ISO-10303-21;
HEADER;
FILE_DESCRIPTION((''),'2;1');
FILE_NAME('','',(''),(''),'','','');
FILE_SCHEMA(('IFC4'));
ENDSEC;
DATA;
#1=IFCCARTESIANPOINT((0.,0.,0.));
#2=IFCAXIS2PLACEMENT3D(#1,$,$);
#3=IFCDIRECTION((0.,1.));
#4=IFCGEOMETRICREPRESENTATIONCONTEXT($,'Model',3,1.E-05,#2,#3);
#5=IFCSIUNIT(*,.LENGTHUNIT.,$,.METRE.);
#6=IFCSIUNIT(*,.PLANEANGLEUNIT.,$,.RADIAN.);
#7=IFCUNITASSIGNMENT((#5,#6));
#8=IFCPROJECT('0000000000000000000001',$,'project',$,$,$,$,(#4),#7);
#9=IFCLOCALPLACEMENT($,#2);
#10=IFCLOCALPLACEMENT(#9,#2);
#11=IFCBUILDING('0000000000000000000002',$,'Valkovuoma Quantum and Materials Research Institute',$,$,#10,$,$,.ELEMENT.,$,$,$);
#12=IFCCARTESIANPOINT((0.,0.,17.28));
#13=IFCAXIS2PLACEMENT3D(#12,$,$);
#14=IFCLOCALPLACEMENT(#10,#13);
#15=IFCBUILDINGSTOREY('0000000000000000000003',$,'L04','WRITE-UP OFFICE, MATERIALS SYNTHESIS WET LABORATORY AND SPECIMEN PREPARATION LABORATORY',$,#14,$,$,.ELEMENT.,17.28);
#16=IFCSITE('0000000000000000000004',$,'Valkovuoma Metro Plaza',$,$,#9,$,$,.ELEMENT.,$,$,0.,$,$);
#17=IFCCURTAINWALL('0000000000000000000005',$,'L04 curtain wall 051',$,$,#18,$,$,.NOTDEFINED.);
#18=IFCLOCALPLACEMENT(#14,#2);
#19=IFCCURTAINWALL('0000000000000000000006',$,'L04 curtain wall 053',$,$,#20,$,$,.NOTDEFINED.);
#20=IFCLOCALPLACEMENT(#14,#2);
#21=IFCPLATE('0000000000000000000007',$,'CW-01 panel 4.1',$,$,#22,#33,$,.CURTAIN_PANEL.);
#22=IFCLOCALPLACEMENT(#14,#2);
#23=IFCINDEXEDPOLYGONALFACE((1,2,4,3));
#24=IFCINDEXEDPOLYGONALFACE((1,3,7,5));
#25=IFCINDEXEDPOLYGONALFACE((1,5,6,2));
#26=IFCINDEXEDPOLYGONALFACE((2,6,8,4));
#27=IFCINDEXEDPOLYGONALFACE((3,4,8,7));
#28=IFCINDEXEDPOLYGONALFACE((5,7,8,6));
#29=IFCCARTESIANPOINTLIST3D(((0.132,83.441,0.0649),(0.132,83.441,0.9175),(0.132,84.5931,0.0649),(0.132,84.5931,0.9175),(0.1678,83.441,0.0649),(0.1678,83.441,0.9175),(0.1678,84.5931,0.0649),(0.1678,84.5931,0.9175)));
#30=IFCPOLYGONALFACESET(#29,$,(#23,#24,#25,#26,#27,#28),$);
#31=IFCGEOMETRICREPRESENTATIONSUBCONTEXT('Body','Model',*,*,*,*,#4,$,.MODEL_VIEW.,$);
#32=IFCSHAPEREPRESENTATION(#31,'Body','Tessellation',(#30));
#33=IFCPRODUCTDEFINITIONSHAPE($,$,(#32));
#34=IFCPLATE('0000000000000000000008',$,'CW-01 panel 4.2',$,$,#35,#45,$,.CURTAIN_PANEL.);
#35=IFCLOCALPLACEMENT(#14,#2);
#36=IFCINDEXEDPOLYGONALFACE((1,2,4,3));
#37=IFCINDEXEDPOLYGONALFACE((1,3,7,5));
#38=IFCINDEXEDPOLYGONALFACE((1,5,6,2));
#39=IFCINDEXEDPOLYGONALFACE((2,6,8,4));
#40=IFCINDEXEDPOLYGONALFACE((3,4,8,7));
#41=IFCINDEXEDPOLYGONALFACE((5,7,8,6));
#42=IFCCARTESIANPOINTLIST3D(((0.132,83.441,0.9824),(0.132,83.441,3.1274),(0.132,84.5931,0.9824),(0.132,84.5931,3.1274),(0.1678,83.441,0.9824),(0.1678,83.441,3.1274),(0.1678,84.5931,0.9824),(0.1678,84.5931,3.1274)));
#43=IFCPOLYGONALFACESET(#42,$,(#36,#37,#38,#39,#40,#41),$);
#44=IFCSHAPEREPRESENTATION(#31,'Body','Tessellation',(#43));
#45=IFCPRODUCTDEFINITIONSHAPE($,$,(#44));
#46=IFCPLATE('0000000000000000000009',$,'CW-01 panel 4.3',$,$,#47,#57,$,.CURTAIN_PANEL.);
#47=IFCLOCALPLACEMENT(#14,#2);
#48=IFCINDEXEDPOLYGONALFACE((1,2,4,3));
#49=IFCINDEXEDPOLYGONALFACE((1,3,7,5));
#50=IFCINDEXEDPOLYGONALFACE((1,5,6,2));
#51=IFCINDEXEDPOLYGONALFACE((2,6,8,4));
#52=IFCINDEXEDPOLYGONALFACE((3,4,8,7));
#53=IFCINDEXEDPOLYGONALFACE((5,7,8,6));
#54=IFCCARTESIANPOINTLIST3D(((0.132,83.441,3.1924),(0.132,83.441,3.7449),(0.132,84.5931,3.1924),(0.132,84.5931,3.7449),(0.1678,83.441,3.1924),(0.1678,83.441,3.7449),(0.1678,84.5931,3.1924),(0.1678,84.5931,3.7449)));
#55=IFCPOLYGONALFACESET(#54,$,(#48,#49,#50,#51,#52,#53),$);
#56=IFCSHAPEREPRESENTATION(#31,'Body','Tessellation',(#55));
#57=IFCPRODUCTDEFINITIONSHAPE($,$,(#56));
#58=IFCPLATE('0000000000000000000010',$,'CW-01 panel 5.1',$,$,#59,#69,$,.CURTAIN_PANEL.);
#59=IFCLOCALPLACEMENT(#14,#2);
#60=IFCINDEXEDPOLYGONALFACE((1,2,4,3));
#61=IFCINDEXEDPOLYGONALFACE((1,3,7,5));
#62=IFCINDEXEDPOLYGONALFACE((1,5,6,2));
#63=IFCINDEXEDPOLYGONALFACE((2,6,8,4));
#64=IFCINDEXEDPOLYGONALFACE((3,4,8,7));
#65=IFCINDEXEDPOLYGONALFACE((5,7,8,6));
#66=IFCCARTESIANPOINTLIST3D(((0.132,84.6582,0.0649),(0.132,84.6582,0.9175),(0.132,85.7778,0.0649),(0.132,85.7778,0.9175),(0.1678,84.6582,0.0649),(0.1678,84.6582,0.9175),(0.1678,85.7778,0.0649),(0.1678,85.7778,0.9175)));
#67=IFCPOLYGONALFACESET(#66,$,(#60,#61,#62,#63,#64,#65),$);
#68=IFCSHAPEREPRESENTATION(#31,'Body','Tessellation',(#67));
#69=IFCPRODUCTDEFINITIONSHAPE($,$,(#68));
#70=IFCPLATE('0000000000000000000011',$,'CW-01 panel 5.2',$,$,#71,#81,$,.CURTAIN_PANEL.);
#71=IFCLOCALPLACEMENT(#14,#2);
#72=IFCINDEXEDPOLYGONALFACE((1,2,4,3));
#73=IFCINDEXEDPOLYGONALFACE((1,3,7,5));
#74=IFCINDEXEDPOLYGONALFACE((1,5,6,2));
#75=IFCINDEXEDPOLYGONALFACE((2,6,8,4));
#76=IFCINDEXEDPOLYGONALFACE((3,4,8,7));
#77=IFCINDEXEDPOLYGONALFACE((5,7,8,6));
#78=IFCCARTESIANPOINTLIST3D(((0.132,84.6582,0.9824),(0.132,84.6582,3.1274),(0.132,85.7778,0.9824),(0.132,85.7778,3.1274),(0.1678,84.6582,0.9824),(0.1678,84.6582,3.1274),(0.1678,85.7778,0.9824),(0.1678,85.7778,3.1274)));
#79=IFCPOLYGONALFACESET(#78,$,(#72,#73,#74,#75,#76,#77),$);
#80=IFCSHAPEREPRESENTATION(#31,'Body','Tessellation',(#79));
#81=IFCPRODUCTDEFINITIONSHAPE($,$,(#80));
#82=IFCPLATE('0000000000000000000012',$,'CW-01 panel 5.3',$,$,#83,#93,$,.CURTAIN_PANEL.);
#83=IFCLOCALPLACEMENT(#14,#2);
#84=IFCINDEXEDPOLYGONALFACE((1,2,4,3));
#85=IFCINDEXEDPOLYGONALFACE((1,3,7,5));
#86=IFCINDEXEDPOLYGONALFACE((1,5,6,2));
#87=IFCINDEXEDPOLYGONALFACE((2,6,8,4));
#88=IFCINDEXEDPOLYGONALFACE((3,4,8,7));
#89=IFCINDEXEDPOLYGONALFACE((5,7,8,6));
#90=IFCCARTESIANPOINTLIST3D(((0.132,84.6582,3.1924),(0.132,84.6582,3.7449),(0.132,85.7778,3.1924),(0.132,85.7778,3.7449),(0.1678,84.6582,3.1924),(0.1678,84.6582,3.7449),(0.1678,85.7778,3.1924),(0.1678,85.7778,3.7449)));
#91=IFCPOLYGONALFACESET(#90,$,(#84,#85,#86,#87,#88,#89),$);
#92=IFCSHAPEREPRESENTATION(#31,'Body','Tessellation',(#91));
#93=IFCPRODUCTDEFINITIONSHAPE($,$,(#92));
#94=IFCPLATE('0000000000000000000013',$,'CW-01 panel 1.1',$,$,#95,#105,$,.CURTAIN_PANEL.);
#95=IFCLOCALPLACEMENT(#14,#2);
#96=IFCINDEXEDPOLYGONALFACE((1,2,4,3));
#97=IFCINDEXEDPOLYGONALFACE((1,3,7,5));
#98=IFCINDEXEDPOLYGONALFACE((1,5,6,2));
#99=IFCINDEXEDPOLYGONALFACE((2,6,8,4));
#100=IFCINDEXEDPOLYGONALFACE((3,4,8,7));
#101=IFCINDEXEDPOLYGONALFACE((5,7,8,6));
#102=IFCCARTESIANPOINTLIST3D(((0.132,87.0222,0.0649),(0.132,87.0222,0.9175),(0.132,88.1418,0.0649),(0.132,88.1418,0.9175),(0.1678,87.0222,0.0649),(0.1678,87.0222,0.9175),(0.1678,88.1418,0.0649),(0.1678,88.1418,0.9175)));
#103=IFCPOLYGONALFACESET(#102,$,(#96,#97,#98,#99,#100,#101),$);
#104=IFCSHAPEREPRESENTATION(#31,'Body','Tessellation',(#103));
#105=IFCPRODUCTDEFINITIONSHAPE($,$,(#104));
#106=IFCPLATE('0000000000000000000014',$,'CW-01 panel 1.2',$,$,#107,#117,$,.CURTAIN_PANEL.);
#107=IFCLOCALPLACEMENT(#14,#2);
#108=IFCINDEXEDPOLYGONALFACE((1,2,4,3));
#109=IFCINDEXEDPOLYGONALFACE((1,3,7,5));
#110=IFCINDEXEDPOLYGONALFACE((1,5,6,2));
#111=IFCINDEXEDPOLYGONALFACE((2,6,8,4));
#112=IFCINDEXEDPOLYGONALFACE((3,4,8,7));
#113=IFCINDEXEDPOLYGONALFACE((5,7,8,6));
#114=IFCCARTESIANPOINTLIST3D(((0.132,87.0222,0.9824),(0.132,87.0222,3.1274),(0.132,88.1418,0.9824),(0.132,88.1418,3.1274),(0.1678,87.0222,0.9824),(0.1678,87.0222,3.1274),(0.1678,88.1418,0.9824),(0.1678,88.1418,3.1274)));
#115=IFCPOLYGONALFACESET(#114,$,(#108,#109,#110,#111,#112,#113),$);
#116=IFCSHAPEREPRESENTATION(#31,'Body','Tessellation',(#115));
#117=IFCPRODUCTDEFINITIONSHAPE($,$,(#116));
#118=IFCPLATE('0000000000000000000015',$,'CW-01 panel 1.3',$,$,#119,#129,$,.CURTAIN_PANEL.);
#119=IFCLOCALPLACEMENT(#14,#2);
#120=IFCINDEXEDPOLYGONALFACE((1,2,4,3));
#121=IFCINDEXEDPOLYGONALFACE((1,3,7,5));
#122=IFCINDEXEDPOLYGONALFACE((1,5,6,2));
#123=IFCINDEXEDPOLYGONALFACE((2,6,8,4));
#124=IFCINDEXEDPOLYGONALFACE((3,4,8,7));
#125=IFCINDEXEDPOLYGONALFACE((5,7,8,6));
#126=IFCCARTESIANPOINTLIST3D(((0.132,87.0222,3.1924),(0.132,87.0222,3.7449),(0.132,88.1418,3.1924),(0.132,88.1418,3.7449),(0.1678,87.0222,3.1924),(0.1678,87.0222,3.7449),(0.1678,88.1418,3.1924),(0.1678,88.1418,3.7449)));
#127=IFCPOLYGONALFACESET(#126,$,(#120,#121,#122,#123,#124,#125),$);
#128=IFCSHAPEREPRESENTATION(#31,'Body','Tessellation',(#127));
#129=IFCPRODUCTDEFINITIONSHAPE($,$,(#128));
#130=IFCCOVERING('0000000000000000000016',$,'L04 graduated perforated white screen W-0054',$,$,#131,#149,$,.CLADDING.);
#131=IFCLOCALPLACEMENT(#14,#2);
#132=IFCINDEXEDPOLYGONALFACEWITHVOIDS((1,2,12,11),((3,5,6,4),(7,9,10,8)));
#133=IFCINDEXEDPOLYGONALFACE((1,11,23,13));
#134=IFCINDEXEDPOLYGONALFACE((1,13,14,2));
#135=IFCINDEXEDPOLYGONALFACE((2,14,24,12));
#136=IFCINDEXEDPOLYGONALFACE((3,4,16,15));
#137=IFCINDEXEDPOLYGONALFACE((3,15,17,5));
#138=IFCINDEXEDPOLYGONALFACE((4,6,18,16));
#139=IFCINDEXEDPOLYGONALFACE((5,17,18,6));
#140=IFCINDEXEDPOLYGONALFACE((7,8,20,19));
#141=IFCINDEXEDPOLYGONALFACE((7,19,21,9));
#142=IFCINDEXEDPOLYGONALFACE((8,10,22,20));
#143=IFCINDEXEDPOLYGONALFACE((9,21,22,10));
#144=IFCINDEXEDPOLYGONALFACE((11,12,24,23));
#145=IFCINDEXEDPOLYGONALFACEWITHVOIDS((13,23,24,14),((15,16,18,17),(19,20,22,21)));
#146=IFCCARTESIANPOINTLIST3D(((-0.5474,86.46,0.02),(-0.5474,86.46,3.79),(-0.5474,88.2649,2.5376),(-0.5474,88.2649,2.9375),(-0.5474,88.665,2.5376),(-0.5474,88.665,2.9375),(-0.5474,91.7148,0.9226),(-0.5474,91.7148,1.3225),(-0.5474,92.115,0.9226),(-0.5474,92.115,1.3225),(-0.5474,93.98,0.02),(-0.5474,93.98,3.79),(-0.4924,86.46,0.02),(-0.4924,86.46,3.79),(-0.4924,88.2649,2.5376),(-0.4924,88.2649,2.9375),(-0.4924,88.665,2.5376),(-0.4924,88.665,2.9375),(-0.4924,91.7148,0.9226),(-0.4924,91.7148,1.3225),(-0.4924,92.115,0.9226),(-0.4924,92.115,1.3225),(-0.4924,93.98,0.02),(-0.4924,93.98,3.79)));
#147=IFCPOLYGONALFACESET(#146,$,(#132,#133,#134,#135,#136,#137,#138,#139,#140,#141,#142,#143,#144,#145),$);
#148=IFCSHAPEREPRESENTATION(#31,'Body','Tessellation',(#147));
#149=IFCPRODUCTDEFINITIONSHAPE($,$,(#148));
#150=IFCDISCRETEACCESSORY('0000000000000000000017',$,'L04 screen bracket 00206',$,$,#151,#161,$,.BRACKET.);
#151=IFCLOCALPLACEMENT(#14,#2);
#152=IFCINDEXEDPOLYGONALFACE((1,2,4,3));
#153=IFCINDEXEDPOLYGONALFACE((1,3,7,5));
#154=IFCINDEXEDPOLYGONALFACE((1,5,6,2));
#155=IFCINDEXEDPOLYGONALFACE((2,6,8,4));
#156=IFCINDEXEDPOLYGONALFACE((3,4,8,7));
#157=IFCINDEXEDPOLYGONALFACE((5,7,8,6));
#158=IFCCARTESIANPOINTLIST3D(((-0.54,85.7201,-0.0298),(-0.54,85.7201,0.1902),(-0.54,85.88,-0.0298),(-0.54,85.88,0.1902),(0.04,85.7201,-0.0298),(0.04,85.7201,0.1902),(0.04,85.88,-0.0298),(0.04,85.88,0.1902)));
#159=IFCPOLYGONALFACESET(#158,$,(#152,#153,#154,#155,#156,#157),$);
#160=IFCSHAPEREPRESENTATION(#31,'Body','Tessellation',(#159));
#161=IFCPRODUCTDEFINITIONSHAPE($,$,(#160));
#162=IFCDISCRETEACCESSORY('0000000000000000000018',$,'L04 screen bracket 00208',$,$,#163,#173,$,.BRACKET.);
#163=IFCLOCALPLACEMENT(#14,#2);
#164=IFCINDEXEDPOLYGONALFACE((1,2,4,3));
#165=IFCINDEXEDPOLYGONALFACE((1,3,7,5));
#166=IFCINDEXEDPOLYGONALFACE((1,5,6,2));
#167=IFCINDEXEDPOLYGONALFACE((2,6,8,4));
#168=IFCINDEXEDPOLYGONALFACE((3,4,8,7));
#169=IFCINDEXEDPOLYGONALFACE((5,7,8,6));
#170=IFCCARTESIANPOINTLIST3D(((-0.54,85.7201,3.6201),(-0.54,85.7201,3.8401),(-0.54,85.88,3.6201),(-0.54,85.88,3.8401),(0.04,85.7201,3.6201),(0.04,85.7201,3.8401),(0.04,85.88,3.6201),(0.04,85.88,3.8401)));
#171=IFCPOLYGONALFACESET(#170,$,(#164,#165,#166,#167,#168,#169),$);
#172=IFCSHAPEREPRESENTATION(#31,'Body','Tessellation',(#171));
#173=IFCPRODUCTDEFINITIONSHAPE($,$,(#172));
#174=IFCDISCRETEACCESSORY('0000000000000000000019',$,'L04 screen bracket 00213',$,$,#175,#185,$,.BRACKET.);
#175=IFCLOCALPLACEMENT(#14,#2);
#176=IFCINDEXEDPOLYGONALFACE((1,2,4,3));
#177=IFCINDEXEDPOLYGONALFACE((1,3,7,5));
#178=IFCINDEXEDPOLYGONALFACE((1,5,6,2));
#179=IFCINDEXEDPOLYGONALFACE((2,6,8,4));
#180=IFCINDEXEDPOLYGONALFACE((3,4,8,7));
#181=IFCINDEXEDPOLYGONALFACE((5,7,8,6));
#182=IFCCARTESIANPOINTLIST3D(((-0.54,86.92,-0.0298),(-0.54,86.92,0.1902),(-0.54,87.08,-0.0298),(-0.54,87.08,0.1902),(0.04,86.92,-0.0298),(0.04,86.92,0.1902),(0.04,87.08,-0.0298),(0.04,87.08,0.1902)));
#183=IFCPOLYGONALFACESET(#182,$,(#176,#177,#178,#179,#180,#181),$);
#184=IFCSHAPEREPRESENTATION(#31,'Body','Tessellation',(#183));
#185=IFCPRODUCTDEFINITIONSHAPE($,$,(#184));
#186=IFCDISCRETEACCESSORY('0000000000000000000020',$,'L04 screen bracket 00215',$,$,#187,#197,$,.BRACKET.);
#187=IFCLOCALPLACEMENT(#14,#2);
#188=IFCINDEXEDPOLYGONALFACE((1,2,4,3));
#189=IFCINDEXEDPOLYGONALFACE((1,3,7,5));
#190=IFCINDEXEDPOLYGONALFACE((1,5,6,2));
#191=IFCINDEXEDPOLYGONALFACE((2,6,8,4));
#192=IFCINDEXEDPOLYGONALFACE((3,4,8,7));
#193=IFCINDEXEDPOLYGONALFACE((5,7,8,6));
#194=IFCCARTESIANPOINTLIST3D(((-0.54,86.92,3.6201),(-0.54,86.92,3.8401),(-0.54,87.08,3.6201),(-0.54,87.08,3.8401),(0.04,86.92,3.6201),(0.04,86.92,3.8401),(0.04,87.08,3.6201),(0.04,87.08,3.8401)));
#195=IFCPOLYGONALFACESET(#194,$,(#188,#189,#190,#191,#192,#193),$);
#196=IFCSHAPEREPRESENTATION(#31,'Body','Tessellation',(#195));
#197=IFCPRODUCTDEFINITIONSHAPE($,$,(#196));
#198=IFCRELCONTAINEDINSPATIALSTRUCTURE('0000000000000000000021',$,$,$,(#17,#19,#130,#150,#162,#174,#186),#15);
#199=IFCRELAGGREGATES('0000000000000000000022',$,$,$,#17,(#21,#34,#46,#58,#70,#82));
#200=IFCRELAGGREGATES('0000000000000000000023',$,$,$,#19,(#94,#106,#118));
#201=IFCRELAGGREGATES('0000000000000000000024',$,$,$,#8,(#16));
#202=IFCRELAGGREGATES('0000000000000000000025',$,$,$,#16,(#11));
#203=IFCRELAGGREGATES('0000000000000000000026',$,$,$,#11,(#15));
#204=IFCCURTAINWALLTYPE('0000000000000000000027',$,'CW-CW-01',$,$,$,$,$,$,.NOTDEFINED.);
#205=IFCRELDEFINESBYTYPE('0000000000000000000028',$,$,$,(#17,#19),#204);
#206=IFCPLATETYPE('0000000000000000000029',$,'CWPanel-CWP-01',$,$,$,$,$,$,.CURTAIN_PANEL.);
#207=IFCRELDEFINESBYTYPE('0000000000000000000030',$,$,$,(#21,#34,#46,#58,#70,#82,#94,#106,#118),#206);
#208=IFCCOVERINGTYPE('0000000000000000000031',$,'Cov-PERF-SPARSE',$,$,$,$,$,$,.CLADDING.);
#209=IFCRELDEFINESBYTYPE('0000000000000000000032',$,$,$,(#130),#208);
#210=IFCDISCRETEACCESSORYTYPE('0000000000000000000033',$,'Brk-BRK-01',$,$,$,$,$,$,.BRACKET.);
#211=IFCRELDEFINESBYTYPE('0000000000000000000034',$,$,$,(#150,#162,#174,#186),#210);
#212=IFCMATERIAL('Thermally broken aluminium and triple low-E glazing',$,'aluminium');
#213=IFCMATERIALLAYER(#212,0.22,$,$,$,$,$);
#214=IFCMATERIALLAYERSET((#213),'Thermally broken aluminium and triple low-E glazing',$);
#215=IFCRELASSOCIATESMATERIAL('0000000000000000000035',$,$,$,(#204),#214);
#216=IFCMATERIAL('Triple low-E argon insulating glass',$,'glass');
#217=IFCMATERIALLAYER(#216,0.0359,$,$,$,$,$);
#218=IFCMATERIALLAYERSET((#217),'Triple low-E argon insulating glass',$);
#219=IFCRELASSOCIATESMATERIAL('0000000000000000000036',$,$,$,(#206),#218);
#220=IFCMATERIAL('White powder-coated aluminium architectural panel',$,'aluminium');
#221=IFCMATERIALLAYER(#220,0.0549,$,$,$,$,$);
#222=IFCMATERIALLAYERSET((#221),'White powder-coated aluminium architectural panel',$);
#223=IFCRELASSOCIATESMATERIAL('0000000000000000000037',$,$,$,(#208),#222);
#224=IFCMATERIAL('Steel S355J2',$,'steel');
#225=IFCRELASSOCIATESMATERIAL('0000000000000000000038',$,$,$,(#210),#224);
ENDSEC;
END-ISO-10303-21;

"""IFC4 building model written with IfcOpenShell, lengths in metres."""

from ifc_helpers import new_model, si_unit, direction, frame, origin, origin_2d, place, context, subcontext, project, spatial, polyline, rectangle, outline, extrude, material, layer, layer_set, type_object, element, aggregate, save


model = new_model("IFC4")

# Units and contexts
model_context = context("Model", 3, precision=1e-05, world=origin(), true_north=direction((0.0, 1.0)))
body_context = subcontext(model_context, "Body", "Model", "MODEL_VIEW")
ifc_project = project(units=[si_unit("LENGTHUNIT", "METRE"), si_unit("PLANEANGLEUNIT", "RADIAN")], contexts=[model_context])

# Site, building, storey
site_placement = place(None, origin())
site = spatial("IfcSite", under=ifc_project, at=site_placement, Name="Valkovuoma Metro Plaza", CompositionType="ELEMENT", RefElevation=0.0)
building_placement = place(site_placement, origin())
building = spatial("IfcBuilding", under=site, at=building_placement, Name="Valkovuoma Quantum and Materials Research Institute", CompositionType="ELEMENT")
storey_placement = place(building_placement, frame((0.0, 0.0, 17.28)))
storey = spatial("IfcBuildingStorey", under=building, at=storey_placement, Name="L04", Description="WRITE-UP OFFICE, MATERIALS SYNTHESIS WET LABORATORY AND SPECIMEN PREPARATION LABORATORY", CompositionType="ELEMENT", Elevation=17.28)

# Curtain walls
ifc_material_1 = material(Name="Thermally broken aluminium and triple low-E glazing", Category="aluminium")
ifc_layer_1 = layer(ifc_material_1, 0.22)
ifc_layer_set_1 = layer_set([ifc_layer_1], Name="Thermally broken aluminium and triple low-E glazing")
curtain_wall_type = type_object("IfcCurtainWallType", Name="CW-CW-01", PredefinedType="NOTDEFINED", material=ifc_layer_set_1)
curtain_wall_1_placement = place(storey_placement, origin())
curtain_wall_1 = element("IfcCurtainWall", 1, at=curtain_wall_1_placement, inside=storey, type_object=curtain_wall_type, Name="L04 curtain wall 051", PredefinedType="NOTDEFINED")
curtain_wall_2_placement = place(storey_placement, origin())
curtain_wall_2 = element("IfcCurtainWall", 2, at=curtain_wall_2_placement, inside=storey, type_object=curtain_wall_type, Name="L04 curtain wall 053", PredefinedType="NOTDEFINED")

# Plates
ifc_material_2 = material(Name="Triple low-E argon insulating glass", Category="glass")
ifc_layer_2 = layer(ifc_material_2, 0.0359)
ifc_layer_set_2 = layer_set([ifc_layer_2], Name="Triple low-E argon insulating glass")
plate_type = type_object("IfcPlateType", Name="CWPanel-CWP-01", PredefinedType="CURTAIN_PANEL", material=ifc_layer_set_2)
plate_1_placement = place(storey_placement, frame((0.1499, 84.0171, 0.0649), z_axis=(0.0, 0.0, 1.0), x_axis=(0.0, 1.0, 0.0)))
plate_1 = element("IfcPlate", 3, at=plate_1_placement, type_object=plate_type, Name="CW-01 panel 4.1", PredefinedType="CURTAIN_PANEL", context=body_context, shape_type="SweptSolid", body=[
    extrude(rectangle(XDim=1.1521, YDim=0.0359, at=origin_2d()), origin(), (0.0, 0.0, 1.0), 0.8525),
])
plate_2_placement = place(storey_placement, frame((0.1499, 84.0171, 0.9824), z_axis=(0.0, 0.0, 1.0), x_axis=(0.0, 1.0, 0.0)))
plate_2 = element("IfcPlate", 4, at=plate_2_placement, type_object=plate_type, Name="CW-01 panel 4.2", PredefinedType="CURTAIN_PANEL", context=body_context, shape_type="SweptSolid", body=[
    extrude(rectangle(XDim=1.1521, YDim=0.0359, at=origin_2d()), origin(), (0.0, 0.0, 1.0), 2.145),
])
plate_3_placement = place(storey_placement, frame((0.1499, 84.0171, 3.1924), z_axis=(0.0, 0.0, 1.0), x_axis=(0.0, 1.0, 0.0)))
plate_3 = element("IfcPlate", 5, at=plate_3_placement, type_object=plate_type, Name="CW-01 panel 4.3", PredefinedType="CURTAIN_PANEL", context=body_context, shape_type="SweptSolid", body=[
    extrude(rectangle(XDim=1.1521, YDim=0.0359, at=origin_2d()), origin(), (0.0, 0.0, 1.0), 0.5525),
])
plate_4_placement = place(storey_placement, frame((0.1499, 85.218, 0.0649), z_axis=(0.0, 0.0, 1.0), x_axis=(0.0, 1.0, 0.0)))
plate_4 = element("IfcPlate", 6, at=plate_4_placement, type_object=plate_type, Name="CW-01 panel 5.1", PredefinedType="CURTAIN_PANEL", context=body_context, shape_type="SweptSolid", body=[
    extrude(rectangle(XDim=1.1196, YDim=0.0359, at=origin_2d()), origin(), (0.0, 0.0, 1.0), 0.8525),
])
plate_5_placement = place(storey_placement, frame((0.1499, 85.218, 0.9824), z_axis=(0.0, 0.0, 1.0), x_axis=(0.0, 1.0, 0.0)))
plate_5 = element("IfcPlate", 7, at=plate_5_placement, type_object=plate_type, Name="CW-01 panel 5.2", PredefinedType="CURTAIN_PANEL", context=body_context, shape_type="SweptSolid", body=[
    extrude(rectangle(XDim=1.1196, YDim=0.0359, at=origin_2d()), origin(), (0.0, 0.0, 1.0), 2.145),
])
plate_6_placement = place(storey_placement, frame((0.1499, 85.218, 3.1924), z_axis=(0.0, 0.0, 1.0), x_axis=(0.0, 1.0, 0.0)))
plate_6 = element("IfcPlate", 8, at=plate_6_placement, type_object=plate_type, Name="CW-01 panel 5.3", PredefinedType="CURTAIN_PANEL", context=body_context, shape_type="SweptSolid", body=[
    extrude(rectangle(XDim=1.1196, YDim=0.0359, at=origin_2d()), origin(), (0.0, 0.0, 1.0), 0.5525),
])
aggregate(curtain_wall_1, [plate_1, plate_2, plate_3, plate_4, plate_5, plate_6])
plate_7_placement = place(storey_placement, frame((0.1499, 87.582, 0.0649), z_axis=(0.0, 0.0, 1.0), x_axis=(0.0, 1.0, 0.0)))
plate_7 = element("IfcPlate", 9, at=plate_7_placement, type_object=plate_type, Name="CW-01 panel 1.1", PredefinedType="CURTAIN_PANEL", context=body_context, shape_type="SweptSolid", body=[
    extrude(rectangle(XDim=1.1196, YDim=0.0359, at=origin_2d()), origin(), (0.0, 0.0, 1.0), 0.8525),
])
plate_8_placement = place(storey_placement, frame((0.1499, 87.582, 0.9824), z_axis=(0.0, 0.0, 1.0), x_axis=(0.0, 1.0, 0.0)))
plate_8 = element("IfcPlate", 10, at=plate_8_placement, type_object=plate_type, Name="CW-01 panel 1.2", PredefinedType="CURTAIN_PANEL", context=body_context, shape_type="SweptSolid", body=[
    extrude(rectangle(XDim=1.1196, YDim=0.0359, at=origin_2d()), origin(), (0.0, 0.0, 1.0), 2.145),
])
plate_9_placement = place(storey_placement, frame((0.1499, 87.582, 3.1924), z_axis=(0.0, 0.0, 1.0), x_axis=(0.0, 1.0, 0.0)))
plate_9 = element("IfcPlate", 11, at=plate_9_placement, type_object=plate_type, Name="CW-01 panel 1.3", PredefinedType="CURTAIN_PANEL", context=body_context, shape_type="SweptSolid", body=[
    extrude(rectangle(XDim=1.1196, YDim=0.0359, at=origin_2d()), origin(), (0.0, 0.0, 1.0), 0.5525),
])
aggregate(curtain_wall_2, [plate_7, plate_8, plate_9])

# Covering
ifc_material_3 = material(Name="White powder-coated aluminium architectural panel", Category="aluminium")
ifc_layer_3 = layer(ifc_material_3, 0.0549)
ifc_layer_set_3 = layer_set([ifc_layer_3], Name="White powder-coated aluminium architectural panel")
covering_type = type_object("IfcCoveringType", Name="Cov-PERF-SPARSE", PredefinedType="CLADDING", material=ifc_layer_set_3)
covering_placement = place(storey_placement, frame((-0.52, 86.46, 0.02), z_axis=(0.0, 0.0, 1.0), x_axis=(0.0, 1.0, 0.0)))
element("IfcCovering", 12, at=covering_placement, inside=storey, type_object=covering_type, Name="L04 graduated perforated white screen W-0054", PredefinedType="CLADDING", context=body_context, shape_type="SweptSolid", body=[
    extrude(outline(polyline([(0.0, 0.0), (7.52, 0.0), (7.52, 3.77), (0.0, 3.77), (0.0, 0.0)]), holes=[polyline([(1.8049, 2.5176), (1.8049, 2.9175), (2.2051, 2.9175), (2.2051, 2.5176), (1.8049, 2.5176)]), polyline([(5.2549, 0.9026), (5.2549, 1.3025), (5.655, 1.3025), (5.655, 0.9026), (5.2549, 0.9026)])]), frame((0.0, 0.0273, 0.0), z_axis=(0.0, -1.0, 0.0), x_axis=(1.0, 0.0, 0.0)), (0.0, 0.0, 1.0), 0.0549),
])

# Discrete accessories
ifc_material_4 = material(Name="Steel S355J2", Category="steel")
discrete_accessory_type = type_object("IfcDiscreteAccessoryType", Name="Brk-BRK-01", PredefinedType="BRACKET", material=ifc_material_4)
for number, where, z_axis, x_axis, name in (
    (13, (-0.25, 85.8, -0.0298), (0.0, 0.0, 1.0), (1.0, 0.0, 0.0), "L04 screen bracket 00206"),
    (14, (-0.25, 85.8, 3.6201), (0.0, 0.0, 1.0), (1.0, 0.0, 0.0), "L04 screen bracket 00208"),
    (15, (-0.25, 87.0, -0.0298), (0.0, 0.0, 1.0), (1.0, 0.0, 0.0), "L04 screen bracket 00213"),
    (16, (-0.25, 87.0, 3.6201), (0.0, 0.0, 1.0), (1.0, 0.0, 0.0), "L04 screen bracket 00215"),
):
    element("IfcDiscreteAccessory", number, at=place(storey_placement, frame(where, z_axis=z_axis, x_axis=x_axis)), inside=storey, type_object=discrete_accessory_type, Name=name, PredefinedType="BRACKET", context=body_context, shape_type="SweptSolid", body=[
        extrude(rectangle(XDim=0.5801, YDim=0.1599, at=origin_2d()), origin(), (0.0, 0.0, 1.0), 0.22),
    ])

save(model, "model.ifc")
